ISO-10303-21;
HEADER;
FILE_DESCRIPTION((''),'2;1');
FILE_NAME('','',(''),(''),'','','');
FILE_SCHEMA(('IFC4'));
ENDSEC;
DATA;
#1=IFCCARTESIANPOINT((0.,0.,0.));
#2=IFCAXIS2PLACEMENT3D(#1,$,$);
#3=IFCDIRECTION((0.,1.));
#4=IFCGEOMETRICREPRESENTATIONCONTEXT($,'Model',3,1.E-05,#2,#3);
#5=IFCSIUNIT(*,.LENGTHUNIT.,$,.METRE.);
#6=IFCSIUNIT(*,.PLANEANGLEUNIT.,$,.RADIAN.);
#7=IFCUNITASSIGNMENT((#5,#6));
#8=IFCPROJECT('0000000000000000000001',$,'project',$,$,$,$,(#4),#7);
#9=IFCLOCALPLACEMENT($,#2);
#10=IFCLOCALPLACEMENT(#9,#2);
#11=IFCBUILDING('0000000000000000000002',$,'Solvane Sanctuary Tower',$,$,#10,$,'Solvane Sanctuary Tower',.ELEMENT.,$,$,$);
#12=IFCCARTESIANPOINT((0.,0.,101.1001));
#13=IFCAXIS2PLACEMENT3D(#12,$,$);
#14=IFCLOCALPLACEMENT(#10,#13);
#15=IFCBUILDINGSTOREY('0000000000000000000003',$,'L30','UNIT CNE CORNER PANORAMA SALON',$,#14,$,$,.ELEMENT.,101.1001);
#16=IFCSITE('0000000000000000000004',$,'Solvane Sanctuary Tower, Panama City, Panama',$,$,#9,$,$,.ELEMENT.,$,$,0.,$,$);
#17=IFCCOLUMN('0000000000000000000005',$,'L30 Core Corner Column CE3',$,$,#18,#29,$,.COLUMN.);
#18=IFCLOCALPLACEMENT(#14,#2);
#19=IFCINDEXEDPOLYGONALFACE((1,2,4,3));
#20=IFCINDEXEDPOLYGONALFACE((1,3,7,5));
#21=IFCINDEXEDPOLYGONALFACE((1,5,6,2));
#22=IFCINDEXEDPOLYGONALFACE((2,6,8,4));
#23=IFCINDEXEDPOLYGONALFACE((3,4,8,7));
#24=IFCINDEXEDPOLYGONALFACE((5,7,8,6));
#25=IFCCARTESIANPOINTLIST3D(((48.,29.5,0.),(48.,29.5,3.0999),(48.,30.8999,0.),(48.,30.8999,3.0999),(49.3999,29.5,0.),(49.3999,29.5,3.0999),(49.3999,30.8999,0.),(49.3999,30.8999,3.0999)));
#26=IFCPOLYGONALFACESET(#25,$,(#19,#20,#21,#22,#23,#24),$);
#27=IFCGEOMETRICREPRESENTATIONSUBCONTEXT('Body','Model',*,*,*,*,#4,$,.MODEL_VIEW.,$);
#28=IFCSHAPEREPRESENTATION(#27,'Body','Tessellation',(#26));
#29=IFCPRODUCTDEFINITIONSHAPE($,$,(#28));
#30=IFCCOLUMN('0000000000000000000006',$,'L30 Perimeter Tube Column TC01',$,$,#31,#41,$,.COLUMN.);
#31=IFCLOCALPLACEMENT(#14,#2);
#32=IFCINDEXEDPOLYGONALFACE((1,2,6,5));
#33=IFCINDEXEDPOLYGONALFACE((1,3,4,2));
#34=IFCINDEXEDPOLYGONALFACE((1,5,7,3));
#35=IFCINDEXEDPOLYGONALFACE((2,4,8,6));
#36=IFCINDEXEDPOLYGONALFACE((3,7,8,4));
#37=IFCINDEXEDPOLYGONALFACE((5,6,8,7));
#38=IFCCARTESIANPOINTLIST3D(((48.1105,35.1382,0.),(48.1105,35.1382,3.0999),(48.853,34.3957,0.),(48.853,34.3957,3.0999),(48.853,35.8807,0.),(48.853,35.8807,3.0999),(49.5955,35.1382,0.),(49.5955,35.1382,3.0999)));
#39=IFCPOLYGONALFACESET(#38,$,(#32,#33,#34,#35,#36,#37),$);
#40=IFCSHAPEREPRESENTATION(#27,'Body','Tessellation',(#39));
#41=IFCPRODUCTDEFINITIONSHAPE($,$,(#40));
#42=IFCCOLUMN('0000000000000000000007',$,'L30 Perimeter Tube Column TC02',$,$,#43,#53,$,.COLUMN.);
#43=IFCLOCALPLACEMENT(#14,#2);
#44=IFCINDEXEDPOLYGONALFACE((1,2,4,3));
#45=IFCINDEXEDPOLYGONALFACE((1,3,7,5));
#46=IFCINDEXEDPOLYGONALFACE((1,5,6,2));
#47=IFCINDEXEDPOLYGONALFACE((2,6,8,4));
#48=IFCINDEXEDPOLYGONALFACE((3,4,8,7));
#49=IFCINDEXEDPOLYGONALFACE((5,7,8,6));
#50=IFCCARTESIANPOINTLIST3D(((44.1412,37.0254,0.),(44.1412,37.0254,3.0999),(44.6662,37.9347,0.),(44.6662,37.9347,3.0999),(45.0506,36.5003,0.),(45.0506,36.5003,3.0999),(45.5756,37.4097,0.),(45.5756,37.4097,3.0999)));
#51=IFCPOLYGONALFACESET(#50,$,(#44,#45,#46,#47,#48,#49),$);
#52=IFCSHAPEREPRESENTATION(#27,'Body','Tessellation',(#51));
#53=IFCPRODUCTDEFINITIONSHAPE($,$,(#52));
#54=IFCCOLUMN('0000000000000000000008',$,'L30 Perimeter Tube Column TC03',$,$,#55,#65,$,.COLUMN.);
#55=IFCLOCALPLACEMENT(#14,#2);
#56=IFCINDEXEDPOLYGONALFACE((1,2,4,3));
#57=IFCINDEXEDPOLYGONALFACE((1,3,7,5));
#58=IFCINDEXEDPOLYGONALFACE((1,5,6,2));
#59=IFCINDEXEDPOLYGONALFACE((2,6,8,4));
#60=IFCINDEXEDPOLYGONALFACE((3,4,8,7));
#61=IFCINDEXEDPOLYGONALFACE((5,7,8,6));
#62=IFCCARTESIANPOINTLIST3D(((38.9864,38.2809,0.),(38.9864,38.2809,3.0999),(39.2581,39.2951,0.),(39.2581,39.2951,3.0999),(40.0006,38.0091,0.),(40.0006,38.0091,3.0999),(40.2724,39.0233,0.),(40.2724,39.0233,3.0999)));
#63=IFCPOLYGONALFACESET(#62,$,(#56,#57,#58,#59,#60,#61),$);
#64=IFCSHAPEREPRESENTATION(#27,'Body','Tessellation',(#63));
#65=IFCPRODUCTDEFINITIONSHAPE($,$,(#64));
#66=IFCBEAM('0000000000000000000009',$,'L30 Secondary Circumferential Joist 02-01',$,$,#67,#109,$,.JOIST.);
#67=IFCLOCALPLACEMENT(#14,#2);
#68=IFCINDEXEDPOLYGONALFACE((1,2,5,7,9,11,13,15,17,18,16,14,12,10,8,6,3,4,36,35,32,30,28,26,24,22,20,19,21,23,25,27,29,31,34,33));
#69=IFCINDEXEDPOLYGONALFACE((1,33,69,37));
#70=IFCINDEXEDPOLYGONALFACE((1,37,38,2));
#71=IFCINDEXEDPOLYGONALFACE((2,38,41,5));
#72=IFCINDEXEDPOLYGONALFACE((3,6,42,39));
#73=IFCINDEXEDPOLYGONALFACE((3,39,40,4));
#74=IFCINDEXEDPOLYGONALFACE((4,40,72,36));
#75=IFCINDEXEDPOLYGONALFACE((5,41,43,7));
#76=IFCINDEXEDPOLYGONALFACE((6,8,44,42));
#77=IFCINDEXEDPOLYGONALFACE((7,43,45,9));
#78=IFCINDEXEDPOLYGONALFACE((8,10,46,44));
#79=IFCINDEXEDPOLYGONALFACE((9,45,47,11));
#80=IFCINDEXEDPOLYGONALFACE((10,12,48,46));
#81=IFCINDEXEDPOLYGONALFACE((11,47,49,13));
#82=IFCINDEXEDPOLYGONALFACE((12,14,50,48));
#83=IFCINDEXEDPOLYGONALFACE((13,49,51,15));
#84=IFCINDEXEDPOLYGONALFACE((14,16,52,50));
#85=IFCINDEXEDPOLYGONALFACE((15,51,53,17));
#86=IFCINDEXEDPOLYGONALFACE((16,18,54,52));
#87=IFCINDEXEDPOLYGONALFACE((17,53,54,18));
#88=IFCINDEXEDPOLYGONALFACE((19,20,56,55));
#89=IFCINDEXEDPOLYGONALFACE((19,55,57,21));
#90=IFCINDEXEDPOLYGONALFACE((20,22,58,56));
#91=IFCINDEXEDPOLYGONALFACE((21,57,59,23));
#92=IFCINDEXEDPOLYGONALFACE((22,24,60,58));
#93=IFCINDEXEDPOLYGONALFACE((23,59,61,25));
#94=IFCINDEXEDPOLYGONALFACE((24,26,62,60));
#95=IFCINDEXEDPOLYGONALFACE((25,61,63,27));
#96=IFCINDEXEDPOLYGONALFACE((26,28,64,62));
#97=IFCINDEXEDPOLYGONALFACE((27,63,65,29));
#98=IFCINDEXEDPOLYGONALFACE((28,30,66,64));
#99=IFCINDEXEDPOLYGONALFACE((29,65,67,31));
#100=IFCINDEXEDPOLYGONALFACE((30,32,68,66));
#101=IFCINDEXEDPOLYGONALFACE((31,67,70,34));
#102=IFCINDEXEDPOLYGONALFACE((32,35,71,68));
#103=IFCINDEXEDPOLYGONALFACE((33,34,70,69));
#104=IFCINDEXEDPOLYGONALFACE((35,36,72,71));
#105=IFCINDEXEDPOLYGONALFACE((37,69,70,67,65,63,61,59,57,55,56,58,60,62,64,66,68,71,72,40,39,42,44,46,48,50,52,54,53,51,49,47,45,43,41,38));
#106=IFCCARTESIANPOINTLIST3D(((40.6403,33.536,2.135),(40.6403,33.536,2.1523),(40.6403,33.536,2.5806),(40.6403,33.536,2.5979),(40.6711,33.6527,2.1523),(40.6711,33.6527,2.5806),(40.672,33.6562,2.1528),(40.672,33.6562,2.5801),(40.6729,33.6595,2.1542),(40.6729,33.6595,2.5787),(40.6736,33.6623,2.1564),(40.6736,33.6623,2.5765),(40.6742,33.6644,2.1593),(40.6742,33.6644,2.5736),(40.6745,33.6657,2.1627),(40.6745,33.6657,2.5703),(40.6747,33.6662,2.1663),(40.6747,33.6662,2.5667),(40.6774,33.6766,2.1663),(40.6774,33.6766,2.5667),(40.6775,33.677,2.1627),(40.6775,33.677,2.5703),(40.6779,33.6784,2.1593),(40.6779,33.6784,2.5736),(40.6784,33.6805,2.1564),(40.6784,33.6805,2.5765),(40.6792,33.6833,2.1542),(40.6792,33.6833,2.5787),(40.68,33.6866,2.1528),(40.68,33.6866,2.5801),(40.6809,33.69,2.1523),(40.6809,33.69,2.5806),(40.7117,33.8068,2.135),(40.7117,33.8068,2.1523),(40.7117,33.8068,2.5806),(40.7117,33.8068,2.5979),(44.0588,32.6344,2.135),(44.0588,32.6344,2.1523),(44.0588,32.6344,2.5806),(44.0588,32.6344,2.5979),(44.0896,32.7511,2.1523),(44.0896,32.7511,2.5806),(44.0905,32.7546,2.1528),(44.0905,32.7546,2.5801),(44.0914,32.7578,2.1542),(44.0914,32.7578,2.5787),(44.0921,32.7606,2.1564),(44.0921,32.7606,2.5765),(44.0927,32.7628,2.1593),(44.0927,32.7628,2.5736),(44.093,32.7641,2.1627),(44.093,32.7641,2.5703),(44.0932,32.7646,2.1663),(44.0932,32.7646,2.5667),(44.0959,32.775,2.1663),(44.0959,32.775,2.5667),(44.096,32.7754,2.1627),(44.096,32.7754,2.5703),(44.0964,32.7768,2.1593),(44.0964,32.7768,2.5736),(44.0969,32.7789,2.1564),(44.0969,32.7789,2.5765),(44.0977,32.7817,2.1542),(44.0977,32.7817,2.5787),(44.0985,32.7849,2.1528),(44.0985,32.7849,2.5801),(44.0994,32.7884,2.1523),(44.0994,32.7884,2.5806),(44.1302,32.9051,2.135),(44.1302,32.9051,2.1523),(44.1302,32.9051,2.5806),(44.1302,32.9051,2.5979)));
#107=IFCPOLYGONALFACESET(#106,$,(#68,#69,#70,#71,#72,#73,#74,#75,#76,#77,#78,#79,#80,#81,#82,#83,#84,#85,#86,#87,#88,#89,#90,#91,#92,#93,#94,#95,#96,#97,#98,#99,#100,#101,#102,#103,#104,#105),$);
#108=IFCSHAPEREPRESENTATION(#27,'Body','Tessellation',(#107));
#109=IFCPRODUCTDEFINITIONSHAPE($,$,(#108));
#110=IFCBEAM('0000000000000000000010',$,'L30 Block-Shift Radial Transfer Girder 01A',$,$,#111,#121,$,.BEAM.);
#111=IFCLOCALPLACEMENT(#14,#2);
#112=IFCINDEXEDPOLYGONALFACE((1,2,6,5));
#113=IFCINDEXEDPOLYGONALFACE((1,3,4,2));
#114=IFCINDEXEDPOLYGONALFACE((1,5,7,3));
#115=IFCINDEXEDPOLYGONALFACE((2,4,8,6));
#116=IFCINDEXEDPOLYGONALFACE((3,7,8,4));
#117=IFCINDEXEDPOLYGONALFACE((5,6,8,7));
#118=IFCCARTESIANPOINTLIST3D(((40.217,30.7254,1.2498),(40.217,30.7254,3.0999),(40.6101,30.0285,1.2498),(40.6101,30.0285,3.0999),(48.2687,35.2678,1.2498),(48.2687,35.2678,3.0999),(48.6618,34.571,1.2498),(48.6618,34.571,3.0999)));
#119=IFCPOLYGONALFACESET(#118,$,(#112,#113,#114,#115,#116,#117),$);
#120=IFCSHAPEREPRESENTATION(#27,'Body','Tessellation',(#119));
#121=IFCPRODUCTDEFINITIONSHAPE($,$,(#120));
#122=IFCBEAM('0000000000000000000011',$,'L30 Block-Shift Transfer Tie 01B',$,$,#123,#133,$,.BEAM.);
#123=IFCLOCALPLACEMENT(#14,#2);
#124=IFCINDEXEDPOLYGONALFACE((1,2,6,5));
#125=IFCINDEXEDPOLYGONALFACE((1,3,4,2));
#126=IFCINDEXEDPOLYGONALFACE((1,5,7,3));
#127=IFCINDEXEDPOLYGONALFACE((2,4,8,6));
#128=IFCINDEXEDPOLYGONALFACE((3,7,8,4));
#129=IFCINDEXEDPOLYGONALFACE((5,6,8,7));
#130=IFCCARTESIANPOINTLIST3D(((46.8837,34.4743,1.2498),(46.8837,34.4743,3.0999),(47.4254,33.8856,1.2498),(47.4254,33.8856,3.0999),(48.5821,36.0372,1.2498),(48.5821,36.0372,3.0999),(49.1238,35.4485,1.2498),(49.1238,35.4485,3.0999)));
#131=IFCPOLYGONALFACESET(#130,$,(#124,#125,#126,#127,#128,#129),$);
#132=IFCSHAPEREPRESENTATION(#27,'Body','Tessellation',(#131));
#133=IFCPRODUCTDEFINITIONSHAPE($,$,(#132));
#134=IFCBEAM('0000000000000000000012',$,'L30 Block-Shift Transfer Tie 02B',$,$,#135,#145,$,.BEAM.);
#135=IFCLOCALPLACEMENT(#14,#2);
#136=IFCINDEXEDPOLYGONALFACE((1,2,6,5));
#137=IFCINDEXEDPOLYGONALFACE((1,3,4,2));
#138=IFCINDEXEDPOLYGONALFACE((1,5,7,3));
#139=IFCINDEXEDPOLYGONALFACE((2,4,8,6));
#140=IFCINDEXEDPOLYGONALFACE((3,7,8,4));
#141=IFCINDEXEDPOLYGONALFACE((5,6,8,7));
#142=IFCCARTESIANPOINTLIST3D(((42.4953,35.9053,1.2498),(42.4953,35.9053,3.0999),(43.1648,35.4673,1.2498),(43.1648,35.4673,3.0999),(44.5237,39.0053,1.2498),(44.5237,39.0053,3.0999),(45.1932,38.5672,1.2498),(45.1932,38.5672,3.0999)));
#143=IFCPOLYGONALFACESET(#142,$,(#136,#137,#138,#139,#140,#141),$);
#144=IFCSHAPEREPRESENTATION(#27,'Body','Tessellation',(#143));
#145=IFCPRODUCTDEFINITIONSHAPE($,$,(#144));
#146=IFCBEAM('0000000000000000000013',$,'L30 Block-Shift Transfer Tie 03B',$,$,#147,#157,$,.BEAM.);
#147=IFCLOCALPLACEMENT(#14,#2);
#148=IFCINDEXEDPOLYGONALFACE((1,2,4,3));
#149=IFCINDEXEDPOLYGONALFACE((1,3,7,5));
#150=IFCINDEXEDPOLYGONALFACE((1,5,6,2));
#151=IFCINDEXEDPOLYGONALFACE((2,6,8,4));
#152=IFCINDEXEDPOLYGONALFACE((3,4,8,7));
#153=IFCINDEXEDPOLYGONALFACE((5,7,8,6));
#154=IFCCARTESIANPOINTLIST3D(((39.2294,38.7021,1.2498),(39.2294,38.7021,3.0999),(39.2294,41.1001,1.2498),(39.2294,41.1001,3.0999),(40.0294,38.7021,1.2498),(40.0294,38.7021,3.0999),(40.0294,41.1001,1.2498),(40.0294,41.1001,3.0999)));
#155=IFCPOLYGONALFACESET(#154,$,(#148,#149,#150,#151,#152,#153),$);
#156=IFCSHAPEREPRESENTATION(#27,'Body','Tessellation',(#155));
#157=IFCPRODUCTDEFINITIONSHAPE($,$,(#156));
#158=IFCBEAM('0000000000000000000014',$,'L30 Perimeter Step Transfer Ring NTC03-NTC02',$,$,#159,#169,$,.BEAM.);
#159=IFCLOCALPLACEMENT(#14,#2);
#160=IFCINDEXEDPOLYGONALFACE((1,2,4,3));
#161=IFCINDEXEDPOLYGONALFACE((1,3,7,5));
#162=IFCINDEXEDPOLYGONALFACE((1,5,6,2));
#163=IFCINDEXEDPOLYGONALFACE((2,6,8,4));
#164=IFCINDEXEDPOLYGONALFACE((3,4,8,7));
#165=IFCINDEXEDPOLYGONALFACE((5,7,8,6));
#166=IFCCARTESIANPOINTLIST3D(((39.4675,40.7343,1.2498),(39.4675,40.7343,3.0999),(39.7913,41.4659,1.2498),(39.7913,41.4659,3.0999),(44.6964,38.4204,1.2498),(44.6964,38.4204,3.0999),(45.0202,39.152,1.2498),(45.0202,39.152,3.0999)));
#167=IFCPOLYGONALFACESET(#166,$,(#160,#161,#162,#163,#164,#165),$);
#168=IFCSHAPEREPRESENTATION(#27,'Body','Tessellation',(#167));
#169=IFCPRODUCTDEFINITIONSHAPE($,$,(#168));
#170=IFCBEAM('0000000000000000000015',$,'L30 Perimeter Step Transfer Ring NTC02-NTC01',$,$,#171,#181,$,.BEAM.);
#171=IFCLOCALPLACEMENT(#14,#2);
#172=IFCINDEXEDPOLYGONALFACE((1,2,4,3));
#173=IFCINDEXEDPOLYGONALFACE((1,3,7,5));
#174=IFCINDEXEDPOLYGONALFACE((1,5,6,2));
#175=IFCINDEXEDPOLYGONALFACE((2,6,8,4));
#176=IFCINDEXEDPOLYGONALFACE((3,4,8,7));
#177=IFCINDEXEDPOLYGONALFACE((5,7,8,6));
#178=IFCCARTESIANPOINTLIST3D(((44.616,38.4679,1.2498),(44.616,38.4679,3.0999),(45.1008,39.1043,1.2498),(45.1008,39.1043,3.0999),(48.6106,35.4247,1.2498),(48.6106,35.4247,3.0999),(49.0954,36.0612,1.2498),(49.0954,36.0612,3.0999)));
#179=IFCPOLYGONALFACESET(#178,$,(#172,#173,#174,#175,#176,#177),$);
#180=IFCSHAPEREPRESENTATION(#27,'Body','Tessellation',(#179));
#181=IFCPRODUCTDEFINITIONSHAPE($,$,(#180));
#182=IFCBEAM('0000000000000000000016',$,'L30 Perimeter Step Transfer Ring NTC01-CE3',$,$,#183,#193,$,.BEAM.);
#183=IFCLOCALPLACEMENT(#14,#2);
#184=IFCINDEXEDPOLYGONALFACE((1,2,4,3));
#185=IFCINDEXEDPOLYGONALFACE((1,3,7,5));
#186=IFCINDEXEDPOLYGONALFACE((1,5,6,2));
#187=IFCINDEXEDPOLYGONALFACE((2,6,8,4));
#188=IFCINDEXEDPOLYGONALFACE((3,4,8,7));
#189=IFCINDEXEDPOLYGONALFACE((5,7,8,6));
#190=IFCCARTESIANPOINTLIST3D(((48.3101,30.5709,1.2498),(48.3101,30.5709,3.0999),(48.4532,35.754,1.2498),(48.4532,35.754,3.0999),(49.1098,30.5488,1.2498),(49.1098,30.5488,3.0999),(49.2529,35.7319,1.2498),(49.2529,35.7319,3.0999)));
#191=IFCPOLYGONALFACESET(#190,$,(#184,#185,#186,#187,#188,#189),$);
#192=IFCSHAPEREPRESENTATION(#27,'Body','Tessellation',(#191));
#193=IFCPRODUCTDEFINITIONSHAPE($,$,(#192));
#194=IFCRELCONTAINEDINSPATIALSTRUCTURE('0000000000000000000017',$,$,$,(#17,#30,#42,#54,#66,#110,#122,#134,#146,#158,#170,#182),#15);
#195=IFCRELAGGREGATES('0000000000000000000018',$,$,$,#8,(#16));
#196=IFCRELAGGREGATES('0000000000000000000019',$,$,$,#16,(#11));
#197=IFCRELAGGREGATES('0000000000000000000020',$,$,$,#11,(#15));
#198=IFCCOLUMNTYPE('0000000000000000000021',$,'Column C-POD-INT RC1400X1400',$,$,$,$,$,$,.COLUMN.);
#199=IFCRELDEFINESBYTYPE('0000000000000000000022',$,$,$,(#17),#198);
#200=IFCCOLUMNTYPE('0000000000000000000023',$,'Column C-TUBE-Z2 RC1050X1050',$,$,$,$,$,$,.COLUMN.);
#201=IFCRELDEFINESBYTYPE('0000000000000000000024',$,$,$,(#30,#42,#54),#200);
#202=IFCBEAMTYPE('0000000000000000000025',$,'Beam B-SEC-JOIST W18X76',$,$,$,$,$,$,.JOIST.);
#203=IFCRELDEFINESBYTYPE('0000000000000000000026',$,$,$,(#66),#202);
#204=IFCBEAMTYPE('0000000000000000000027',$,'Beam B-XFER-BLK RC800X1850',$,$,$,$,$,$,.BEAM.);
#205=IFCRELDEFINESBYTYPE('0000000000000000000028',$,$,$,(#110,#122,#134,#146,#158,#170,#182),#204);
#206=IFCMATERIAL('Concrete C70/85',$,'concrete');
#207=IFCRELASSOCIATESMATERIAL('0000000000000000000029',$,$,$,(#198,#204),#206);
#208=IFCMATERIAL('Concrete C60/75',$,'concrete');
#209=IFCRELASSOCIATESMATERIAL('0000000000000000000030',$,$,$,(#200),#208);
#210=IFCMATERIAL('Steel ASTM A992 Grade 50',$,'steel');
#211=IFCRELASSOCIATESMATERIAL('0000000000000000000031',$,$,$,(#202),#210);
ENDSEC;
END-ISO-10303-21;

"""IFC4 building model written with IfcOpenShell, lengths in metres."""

from ifc_helpers import new_model, si_unit, direction, frame, origin, origin_2d, place, context, subcontext, project, spatial, rectangle, i_section, extrude, material, material_profile, profile_set, type_object, element, save


model = new_model("IFC4")

# Units and contexts
model_context = context("Model", 3, precision=1e-05, world=origin(), true_north=direction((0.0, 1.0)))
body_context = subcontext(model_context, "Body", "Model", "MODEL_VIEW")
ifc_project = project(units=[si_unit("LENGTHUNIT", "METRE"), si_unit("PLANEANGLEUNIT", "RADIAN")], contexts=[model_context])

# Site, building, storey
site_placement = place(None, origin())
site = spatial("IfcSite", under=ifc_project, at=site_placement, Name="Solvane Sanctuary Tower, Panama City, Panama", CompositionType="ELEMENT", RefElevation=0.0)
building_placement = place(site_placement, origin())
building = spatial("IfcBuilding", under=site, at=building_placement, Name="Solvane Sanctuary Tower", LongName="Solvane Sanctuary Tower", CompositionType="ELEMENT")
storey_placement = place(building_placement, frame((0.0, 0.0, 101.1001)))
storey = spatial("IfcBuildingStorey", under=building, at=storey_placement, Name="L30", Description="UNIT CNE CORNER PANORAMA SALON", CompositionType="ELEMENT", Elevation=101.1001)

# Columns
ifc_material_1 = material(Name="Concrete C70/85", Category="concrete")
ifc_material_profile_1 = material_profile(ifc_material_1, rectangle(XDim=1.3999, YDim=1.3999, at=origin_2d()), Name="RC1400X1400")
ifc_profile_set_1 = profile_set([ifc_material_profile_1], Name="Concrete C70/85")
column_type_1 = type_object("IfcColumnType", Name="Column C-POD-INT RC1400X1400", PredefinedType="COLUMN", material=ifc_profile_set_1)
column_placement = place(storey_placement, frame((48.7, 30.2, 0.0), z_axis=(0.0, 0.0, 1.0), x_axis=(1.0, 0.0, 0.0)))
element("IfcColumn", 1, at=column_placement, inside=storey, type_object=column_type_1, Name="L30 Core Corner Column CE3", PredefinedType="COLUMN", context=body_context, shape_type="SweptSolid", body=[
    extrude(rectangle(XDim=1.3999, YDim=1.3999, at=origin_2d()), origin(), (0.0, 0.0, 1.0), 3.0999),
])
ifc_material_2 = material(Name="Concrete C60/75", Category="concrete")
ifc_material_profile_2 = material_profile(ifc_material_2, rectangle(XDim=1.05, YDim=1.05, at=origin_2d()), Name="RC1050X1050")
ifc_profile_set_2 = profile_set([ifc_material_profile_2], Name="Concrete C60/75")
column_type_2 = type_object("IfcColumnType", Name="Column C-TUBE-Z2 RC1050X1050", PredefinedType="COLUMN", material=ifc_profile_set_2)
for number, where, z_axis, x_axis, name in (
    (2, (48.853, 35.1382, 0.0), (0.0, 0.0, 1.0), (0.707107, 0.707107, 0.0), "L30 Perimeter Tube Column TC01"),
    (3, (44.8584, 37.2175, 0.0), (0.0, 0.0, 1.0), (0.5, 0.866025, 0.0), "L30 Perimeter Tube Column TC02"),
    (4, (39.6294, 38.6521, 0.0), (0.0, 0.0, 1.0), (0.258819, 0.965926, 0.0), "L30 Perimeter Tube Column TC03"),
):
    element("IfcColumn", number, at=place(storey_placement, frame(where, z_axis=z_axis, x_axis=x_axis)), inside=storey, type_object=column_type_2, Name=name, PredefinedType="COLUMN", context=body_context, shape_type="SweptSolid", body=[
        extrude(rectangle(XDim=1.05, YDim=1.05, at=origin_2d()), origin(), (0.0, 0.0, 1.0), 3.0999),
    ])

# Beams
ifc_material_3 = material(Name="Steel ASTM A992 Grade 50", Category="steel")
ifc_material_profile_3 = material_profile(ifc_material_3, i_section(OverallWidth=0.28, OverallDepth=0.4629, WebThickness=0.0107, FlangeThickness=0.0173, FilletRadius=0.0139, at=origin_2d()), Name="W18X76")
ifc_profile_set_3 = profile_set([ifc_material_profile_3], Name="Steel ASTM A992 Grade 50")
beam_type_1 = type_object("IfcBeamType", Name="Beam B-SEC-JOIST W18X76", PredefinedType="JOIST", material=ifc_profile_set_3)
beam_1_placement = place(storey_placement, frame((40.676, 33.6714, 2.3665), z_axis=(0.966934, -0.255027, 0.0), x_axis=(0.255027, 0.966934, 0.0)))
element("IfcBeam", 5, at=beam_1_placement, inside=storey, type_object=beam_type_1, Name="L30 Secondary Circumferential Joist 02-01", PredefinedType="JOIST", context=body_context, shape_type="SweptSolid", body=[
    extrude(i_section(OverallWidth=0.28, OverallDepth=0.4629, WebThickness=0.0107, FlangeThickness=0.0173, FilletRadius=0.0139, at=origin_2d()), origin(), (0.0, 0.0, 1.0), 3.5354),
])
ifc_material_profile_4 = material_profile(ifc_material_1, rectangle(XDim=0.8, YDim=1.8501, at=origin_2d()), Name="RC800X1850")
ifc_profile_set_4 = profile_set([ifc_material_profile_4], Name="Concrete C70/85")
beam_type_2 = type_object("IfcBeamType", Name="Beam B-XFER-BLK RC800X1850", PredefinedType="BEAM", material=ifc_profile_set_4)
beam_2_placement = place(storey_placement, frame((40.4136, 30.377, 2.1748), z_axis=(0.870957, 0.491359, 0.0), x_axis=(-0.491359, 0.870957, 0.0)))
element("IfcBeam", 6, at=beam_2_placement, inside=storey, type_object=beam_type_2, Name="L30 Block-Shift Radial Transfer Girder 01A", PredefinedType="BEAM", context=body_context, shape_type="SweptSolid", body=[
    extrude(rectangle(XDim=0.8, YDim=1.8501, at=origin_2d()), origin(), (0.0, 0.0, 1.0), 9.2446),
])
beam_3_placement = place(storey_placement, frame((47.1545, 34.1799, 2.1748), z_axis=(0.735849, 0.677146, 0.0), x_axis=(-0.677146, 0.735849, 0.0)))
element("IfcBeam", 7, at=beam_3_placement, inside=storey, type_object=beam_type_2, Name="L30 Block-Shift Transfer Tie 01B", PredefinedType="BEAM", context=body_context, shape_type="SweptSolid", body=[
    extrude(rectangle(XDim=0.8, YDim=1.8501, at=origin_2d()), origin(), (0.0, 0.0, 1.0), 2.3081),
])
beam_4_placement = place(storey_placement, frame((42.8301, 35.6863, 2.1748), z_axis=(0.547532, 0.836785, 0.0), x_axis=(-0.836785, 0.547532, 0.0)))
element("IfcBeam", 8, at=beam_4_placement, inside=storey, type_object=beam_type_2, Name="L30 Block-Shift Transfer Tie 02B", PredefinedType="BEAM", context=body_context, shape_type="SweptSolid", body=[
    extrude(rectangle(XDim=0.8, YDim=1.8501, at=origin_2d()), origin(), (0.0, 0.0, 1.0), 3.7046),
])
beam_5_placement = place(storey_placement, frame((39.6294, 38.7021, 2.1748), z_axis=(0.0, 1.0, 0.0), x_axis=(-1.0, 0.0, 0.0)))
element("IfcBeam", 9, at=beam_5_placement, inside=storey, type_object=beam_type_2, Name="L30 Block-Shift Transfer Tie 03B", PredefinedType="BEAM", context=body_context, shape_type="SweptSolid", body=[
    extrude(rectangle(XDim=0.8, YDim=1.8501, at=origin_2d()), origin(), (0.0, 0.0, 1.0), 2.3979),
])
beam_6_placement = place(storey_placement, frame((39.6294, 41.1001, 2.1748), z_axis=(0.914462, -0.404672, 0.0), x_axis=(0.404672, 0.914462, 0.0)))
element("IfcBeam", 10, at=beam_6_placement, inside=storey, type_object=beam_type_2, Name="L30 Perimeter Step Transfer Ring NTC03-NTC02", PredefinedType="BEAM", context=body_context, shape_type="SweptSolid", body=[
    extrude(rectangle(XDim=0.8, YDim=1.8501, at=origin_2d()), origin(), (0.0, 0.0, 1.0), 5.718),
])
beam_7_placement = place(storey_placement, frame((44.8584, 38.7861, 2.1748), z_axis=(0.795462, -0.606004, 0.0), x_axis=(0.606004, 0.795462, 0.0)))
element("IfcBeam", 11, at=beam_7_placement, inside=storey, type_object=beam_type_2, Name="L30 Perimeter Step Transfer Ring NTC02-NTC01", PredefinedType="BEAM", context=body_context, shape_type="SweptSolid", body=[
    extrude(rectangle(XDim=0.8, YDim=1.8501, at=origin_2d()), origin(), (0.0, 0.0, 1.0), 5.0217),
])
beam_8_placement = place(storey_placement, frame((48.853, 35.7429, 2.1748), z_axis=(-0.027592, -0.999619, 0.0), x_axis=(0.999619, -0.027592, 0.0)))
element("IfcBeam", 12, at=beam_8_placement, inside=storey, type_object=beam_type_2, Name="L30 Perimeter Step Transfer Ring NTC01-CE3", PredefinedType="BEAM", context=body_context, shape_type="SweptSolid", body=[
    extrude(rectangle(XDim=0.8, YDim=1.8501, at=origin_2d()), origin(), (0.0, 0.0, 1.0), 5.1851),
])

save(model, "model.ifc")
